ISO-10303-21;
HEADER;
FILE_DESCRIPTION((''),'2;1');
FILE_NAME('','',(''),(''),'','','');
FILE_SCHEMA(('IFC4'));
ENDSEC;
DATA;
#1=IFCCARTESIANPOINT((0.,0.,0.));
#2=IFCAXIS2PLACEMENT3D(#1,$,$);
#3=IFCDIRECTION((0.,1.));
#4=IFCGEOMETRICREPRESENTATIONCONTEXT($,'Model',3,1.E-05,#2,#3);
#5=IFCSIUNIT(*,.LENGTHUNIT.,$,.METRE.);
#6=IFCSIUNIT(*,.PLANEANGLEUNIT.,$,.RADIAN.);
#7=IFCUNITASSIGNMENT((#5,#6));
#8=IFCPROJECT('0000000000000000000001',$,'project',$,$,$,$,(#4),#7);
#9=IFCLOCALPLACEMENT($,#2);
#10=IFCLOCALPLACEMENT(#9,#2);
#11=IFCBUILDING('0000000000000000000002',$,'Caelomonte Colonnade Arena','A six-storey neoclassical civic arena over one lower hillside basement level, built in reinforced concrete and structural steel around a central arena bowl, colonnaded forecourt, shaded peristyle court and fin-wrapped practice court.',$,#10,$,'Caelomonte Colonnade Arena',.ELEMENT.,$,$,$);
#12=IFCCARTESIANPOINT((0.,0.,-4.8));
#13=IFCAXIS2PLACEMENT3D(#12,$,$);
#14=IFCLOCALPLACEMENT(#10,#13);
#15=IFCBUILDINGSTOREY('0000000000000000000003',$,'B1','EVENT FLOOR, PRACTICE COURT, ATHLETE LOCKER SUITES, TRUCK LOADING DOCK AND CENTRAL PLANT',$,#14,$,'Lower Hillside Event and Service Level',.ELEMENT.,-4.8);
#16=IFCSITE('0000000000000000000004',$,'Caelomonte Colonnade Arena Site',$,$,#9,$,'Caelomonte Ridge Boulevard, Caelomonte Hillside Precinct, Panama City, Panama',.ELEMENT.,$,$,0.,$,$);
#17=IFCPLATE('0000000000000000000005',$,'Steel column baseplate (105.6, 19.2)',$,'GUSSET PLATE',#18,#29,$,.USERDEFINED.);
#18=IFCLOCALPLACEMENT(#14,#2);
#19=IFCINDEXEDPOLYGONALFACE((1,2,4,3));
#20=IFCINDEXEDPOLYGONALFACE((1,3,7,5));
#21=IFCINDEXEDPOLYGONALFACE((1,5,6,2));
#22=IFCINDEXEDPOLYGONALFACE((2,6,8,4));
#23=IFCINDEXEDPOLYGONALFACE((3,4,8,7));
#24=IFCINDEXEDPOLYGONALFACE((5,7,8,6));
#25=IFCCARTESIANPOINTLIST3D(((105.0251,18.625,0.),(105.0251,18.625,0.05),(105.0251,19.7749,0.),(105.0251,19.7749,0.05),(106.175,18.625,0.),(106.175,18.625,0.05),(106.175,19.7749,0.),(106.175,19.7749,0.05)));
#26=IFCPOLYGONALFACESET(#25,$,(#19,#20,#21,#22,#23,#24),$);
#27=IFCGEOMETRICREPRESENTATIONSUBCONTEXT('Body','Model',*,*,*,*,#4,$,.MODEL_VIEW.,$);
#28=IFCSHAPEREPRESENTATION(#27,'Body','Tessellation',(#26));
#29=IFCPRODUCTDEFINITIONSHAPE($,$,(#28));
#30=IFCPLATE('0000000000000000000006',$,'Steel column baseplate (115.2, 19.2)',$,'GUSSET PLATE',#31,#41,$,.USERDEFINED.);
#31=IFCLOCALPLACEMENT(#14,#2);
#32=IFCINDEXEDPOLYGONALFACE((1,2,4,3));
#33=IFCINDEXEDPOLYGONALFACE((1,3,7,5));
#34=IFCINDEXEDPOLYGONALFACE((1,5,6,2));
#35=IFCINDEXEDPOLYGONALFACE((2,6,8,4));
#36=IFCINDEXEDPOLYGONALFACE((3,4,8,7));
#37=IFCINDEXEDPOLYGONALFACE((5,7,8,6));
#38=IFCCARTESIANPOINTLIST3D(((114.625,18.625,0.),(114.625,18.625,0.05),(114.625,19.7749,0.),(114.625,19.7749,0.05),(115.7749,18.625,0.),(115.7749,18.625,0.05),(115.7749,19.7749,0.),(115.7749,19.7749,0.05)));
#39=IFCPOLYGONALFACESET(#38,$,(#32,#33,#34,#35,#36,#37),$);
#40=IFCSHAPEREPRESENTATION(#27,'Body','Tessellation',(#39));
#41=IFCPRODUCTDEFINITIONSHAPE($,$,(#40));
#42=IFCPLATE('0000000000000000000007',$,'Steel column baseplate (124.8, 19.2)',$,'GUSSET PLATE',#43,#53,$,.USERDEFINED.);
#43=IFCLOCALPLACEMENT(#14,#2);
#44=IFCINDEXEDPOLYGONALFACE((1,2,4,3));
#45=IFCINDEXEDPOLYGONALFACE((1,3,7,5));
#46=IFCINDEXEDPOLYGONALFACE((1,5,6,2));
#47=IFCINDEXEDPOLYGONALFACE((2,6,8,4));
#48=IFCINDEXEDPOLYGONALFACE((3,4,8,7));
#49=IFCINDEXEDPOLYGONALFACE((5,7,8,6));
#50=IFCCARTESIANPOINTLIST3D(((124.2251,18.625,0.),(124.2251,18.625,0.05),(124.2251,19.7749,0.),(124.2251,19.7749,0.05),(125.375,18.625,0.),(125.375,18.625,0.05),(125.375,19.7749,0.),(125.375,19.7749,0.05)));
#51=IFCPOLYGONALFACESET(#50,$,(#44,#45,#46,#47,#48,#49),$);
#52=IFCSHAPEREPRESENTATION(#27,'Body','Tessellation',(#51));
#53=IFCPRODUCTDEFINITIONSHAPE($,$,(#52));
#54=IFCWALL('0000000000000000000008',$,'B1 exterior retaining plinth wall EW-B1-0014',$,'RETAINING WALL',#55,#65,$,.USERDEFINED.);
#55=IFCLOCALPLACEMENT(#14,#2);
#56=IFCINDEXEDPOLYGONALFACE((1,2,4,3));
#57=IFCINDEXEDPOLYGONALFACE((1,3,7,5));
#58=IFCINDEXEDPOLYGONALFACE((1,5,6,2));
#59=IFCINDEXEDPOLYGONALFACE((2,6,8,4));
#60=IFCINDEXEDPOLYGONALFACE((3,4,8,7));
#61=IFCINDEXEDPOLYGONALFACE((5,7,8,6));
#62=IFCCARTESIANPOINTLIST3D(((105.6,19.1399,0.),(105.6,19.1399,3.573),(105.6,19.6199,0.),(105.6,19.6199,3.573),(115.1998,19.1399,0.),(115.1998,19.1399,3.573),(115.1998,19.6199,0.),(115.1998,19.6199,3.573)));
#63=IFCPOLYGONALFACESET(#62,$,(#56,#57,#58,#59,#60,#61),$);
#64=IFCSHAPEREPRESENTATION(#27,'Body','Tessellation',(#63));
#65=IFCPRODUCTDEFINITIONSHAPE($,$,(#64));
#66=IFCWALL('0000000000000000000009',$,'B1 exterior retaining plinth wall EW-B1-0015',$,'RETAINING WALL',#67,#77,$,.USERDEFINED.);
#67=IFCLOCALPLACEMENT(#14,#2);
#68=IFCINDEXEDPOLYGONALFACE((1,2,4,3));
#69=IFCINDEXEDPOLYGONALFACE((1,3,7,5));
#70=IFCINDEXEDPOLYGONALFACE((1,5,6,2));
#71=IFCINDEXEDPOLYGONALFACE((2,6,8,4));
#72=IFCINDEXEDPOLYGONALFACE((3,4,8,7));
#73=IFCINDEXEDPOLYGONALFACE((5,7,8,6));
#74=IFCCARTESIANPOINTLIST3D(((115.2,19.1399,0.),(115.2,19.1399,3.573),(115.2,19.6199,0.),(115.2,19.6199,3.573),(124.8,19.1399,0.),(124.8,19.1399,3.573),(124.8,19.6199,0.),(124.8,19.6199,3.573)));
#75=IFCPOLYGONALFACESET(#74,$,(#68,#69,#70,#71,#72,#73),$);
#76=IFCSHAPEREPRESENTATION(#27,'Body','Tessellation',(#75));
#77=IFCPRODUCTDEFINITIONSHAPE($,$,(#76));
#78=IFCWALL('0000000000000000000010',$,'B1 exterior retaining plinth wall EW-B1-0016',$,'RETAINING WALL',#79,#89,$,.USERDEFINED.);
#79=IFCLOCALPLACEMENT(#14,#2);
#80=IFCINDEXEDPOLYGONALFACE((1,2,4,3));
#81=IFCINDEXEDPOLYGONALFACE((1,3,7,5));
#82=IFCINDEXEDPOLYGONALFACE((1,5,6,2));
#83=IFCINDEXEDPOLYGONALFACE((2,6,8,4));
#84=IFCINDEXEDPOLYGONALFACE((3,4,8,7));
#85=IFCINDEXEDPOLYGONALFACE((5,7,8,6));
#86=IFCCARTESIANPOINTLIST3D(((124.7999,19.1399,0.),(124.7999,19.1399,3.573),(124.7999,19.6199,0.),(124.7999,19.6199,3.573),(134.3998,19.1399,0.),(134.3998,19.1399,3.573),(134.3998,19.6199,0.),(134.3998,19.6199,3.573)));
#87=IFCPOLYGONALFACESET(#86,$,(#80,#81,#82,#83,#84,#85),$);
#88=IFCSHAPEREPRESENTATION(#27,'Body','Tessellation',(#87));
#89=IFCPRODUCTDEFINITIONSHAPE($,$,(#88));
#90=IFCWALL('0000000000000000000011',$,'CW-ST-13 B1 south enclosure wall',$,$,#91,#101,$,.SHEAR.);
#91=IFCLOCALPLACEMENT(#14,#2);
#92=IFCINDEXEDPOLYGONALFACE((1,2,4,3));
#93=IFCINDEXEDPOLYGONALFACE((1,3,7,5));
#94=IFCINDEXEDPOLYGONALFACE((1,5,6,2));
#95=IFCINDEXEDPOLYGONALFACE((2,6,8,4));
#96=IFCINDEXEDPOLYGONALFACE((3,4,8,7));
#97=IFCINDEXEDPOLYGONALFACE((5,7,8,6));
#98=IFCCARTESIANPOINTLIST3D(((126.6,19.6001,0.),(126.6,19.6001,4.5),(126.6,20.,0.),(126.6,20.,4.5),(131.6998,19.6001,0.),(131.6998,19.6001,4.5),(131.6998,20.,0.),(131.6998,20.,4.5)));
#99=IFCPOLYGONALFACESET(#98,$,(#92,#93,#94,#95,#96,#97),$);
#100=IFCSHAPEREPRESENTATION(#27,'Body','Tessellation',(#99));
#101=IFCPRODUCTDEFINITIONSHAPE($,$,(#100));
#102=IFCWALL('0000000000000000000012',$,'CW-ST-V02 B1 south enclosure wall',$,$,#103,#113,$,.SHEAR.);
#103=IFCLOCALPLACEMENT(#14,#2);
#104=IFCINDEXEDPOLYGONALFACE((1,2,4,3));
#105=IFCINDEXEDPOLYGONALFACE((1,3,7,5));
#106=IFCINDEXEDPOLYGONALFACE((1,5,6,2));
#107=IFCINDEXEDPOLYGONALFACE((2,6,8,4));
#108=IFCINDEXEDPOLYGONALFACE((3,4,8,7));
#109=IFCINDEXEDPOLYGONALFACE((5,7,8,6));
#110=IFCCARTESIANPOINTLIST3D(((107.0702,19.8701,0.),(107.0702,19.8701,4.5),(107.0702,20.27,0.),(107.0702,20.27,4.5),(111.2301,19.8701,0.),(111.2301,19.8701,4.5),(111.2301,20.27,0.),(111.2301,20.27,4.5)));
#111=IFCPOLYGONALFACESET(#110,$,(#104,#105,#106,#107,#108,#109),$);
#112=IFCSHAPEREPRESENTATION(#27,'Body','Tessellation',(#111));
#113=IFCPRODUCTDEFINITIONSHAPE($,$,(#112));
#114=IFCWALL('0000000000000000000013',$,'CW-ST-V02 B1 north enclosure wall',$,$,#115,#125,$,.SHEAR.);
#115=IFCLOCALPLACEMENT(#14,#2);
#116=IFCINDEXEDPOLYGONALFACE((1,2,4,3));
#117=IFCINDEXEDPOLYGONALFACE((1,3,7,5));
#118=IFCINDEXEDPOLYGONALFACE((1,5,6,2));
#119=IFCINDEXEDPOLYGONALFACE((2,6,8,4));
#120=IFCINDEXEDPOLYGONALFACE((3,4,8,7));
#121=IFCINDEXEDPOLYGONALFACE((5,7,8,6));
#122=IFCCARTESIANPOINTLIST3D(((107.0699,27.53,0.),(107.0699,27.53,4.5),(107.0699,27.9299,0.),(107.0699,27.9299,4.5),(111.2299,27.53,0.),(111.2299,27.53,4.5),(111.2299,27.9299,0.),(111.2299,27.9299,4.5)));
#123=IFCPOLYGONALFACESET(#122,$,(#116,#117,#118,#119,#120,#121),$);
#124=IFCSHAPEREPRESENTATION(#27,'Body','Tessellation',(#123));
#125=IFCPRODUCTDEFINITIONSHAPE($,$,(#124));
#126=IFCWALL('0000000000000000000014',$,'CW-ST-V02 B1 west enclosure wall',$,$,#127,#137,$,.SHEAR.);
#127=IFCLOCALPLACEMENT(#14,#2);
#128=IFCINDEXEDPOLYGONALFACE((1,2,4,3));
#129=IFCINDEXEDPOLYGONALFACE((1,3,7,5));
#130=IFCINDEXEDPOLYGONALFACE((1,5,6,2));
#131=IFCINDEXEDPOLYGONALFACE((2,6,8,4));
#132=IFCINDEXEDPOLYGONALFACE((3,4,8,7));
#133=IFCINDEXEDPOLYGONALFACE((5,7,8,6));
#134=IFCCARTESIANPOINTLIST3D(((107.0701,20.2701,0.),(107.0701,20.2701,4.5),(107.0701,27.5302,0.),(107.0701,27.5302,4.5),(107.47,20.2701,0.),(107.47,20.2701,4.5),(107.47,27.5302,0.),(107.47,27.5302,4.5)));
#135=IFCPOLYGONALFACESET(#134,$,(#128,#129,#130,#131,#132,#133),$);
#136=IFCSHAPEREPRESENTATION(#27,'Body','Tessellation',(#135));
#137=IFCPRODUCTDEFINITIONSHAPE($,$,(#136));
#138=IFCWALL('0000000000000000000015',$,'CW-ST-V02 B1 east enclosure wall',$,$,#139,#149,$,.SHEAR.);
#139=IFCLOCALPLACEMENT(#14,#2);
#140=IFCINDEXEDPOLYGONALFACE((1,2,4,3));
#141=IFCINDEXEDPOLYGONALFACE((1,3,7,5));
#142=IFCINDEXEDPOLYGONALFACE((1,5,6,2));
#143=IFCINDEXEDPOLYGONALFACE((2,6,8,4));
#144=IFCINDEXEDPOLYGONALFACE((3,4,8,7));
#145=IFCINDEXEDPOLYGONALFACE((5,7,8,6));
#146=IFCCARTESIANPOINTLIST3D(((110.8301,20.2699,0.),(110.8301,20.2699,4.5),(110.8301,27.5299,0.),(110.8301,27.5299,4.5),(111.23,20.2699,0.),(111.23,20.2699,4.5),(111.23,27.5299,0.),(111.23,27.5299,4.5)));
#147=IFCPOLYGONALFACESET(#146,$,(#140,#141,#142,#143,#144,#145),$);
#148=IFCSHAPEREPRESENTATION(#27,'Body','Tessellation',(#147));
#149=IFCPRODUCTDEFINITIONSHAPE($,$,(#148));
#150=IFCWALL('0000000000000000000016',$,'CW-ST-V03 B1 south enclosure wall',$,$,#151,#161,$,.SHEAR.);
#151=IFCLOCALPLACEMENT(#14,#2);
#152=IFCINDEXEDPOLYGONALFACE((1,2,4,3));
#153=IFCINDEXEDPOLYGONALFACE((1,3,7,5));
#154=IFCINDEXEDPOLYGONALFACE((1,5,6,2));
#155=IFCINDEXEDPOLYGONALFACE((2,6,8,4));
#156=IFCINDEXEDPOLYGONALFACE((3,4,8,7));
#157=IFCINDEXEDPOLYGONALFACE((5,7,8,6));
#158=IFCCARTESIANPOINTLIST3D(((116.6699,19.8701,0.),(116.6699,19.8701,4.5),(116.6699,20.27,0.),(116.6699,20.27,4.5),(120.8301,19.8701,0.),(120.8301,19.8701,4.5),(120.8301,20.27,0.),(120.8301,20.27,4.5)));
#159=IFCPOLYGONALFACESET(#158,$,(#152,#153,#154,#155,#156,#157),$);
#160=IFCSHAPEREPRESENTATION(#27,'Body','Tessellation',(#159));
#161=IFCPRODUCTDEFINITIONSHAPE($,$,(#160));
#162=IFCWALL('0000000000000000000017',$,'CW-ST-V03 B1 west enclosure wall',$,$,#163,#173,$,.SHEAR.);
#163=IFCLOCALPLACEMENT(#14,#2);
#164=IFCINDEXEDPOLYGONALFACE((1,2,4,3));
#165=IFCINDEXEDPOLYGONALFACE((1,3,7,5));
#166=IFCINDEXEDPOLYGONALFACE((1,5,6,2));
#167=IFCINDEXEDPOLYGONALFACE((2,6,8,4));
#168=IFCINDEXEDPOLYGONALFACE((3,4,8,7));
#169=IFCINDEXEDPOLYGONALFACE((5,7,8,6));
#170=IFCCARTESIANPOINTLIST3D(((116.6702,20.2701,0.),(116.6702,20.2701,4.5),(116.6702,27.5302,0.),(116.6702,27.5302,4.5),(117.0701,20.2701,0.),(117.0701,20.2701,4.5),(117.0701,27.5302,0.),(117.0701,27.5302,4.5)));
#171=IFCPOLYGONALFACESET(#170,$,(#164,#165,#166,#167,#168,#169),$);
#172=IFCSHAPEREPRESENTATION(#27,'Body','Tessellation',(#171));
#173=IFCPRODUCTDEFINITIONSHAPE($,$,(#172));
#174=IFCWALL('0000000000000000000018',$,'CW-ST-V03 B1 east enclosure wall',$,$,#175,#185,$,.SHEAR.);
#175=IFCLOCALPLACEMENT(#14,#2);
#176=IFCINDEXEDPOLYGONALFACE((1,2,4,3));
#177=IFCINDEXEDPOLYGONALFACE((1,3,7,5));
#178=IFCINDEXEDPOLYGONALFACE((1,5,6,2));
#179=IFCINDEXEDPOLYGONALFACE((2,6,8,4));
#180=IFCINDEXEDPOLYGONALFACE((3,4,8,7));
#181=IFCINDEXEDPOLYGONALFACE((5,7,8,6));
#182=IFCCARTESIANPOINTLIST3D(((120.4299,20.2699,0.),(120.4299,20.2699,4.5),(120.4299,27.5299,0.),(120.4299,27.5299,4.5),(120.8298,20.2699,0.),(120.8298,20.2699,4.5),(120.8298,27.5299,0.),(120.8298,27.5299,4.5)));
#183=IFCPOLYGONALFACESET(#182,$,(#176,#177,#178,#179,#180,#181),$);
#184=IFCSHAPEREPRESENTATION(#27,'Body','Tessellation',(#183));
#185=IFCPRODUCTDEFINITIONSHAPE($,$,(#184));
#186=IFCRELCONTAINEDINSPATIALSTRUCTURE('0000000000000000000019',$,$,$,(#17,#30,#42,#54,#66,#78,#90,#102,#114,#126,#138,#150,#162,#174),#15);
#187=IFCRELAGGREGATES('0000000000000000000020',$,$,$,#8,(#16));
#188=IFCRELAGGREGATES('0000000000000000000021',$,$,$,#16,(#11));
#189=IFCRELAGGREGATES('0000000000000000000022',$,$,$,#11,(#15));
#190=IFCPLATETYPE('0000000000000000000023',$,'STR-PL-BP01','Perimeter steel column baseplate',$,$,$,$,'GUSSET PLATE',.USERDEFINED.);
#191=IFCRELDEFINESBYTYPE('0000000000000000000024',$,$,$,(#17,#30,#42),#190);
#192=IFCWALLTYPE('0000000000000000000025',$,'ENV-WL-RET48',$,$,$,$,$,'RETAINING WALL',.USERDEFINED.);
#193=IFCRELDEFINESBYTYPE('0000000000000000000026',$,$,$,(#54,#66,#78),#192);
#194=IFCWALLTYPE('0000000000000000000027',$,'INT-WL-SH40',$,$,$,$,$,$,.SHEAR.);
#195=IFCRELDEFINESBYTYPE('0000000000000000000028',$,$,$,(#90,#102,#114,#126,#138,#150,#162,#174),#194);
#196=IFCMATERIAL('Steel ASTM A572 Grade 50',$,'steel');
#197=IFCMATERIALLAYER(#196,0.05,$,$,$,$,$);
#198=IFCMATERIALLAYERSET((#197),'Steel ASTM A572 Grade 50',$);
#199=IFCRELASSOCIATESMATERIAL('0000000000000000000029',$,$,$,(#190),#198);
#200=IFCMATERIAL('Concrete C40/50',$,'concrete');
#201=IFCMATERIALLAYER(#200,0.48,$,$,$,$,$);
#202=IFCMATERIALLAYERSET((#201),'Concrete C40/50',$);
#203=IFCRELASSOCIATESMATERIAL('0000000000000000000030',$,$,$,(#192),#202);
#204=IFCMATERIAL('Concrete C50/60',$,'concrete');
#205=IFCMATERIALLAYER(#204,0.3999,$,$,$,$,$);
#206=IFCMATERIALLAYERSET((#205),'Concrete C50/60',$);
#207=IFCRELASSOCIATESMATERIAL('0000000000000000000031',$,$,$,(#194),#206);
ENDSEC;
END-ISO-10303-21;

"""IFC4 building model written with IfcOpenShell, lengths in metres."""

from ifc_helpers import new_model, si_unit, direction, frame, frame_2d, origin, origin_2d, place, context, subcontext, project, spatial, rectangle, extrude, material, layer, layer_set, type_object, element, save


model = new_model("IFC4")

# Units and contexts
model_context = context("Model", 3, precision=1e-05, world=origin(), true_north=direction((0.0, 1.0)))
body_context = subcontext(model_context, "Body", "Model", "MODEL_VIEW")
ifc_project = project(units=[si_unit("LENGTHUNIT", "METRE"), si_unit("PLANEANGLEUNIT", "RADIAN")], contexts=[model_context])

# Site, building, storey
site_placement = place(None, origin())
site = spatial("IfcSite", under=ifc_project, at=site_placement, Name="Caelomonte Colonnade Arena Site", LongName="Caelomonte Ridge Boulevard, Caelomonte Hillside Precinct, Panama City, Panama", CompositionType="ELEMENT", RefElevation=0.0)
building_placement = place(site_placement, origin())
building = spatial("IfcBuilding", under=site, at=building_placement, Name="Caelomonte Colonnade Arena", Description="A six-storey neoclassical civic arena over one lower hillside basement level, built in reinforced concrete and structural steel around a central arena bowl, colonnaded forecourt, shaded peristyle court and fin-wrapped practice court.", LongName="Caelomonte Colonnade Arena", CompositionType="ELEMENT")
storey_placement = place(building_placement, frame((0.0, 0.0, -4.8)))
storey = spatial("IfcBuildingStorey", under=building, at=storey_placement, Name="B1", Description="EVENT FLOOR, PRACTICE COURT, ATHLETE LOCKER SUITES, TRUCK LOADING DOCK AND CENTRAL PLANT", LongName="Lower Hillside Event and Service Level", CompositionType="ELEMENT", Elevation=-4.8)

# Shared definitions
ifc_material_1 = material(Name="Concrete C40/50", Category="concrete")

# Plates
ifc_material_2 = material(Name="Steel ASTM A572 Grade 50", Category="steel")
ifc_layer_1 = layer(ifc_material_2, 0.05)
ifc_layer_set_1 = layer_set([ifc_layer_1], Name="Steel ASTM A572 Grade 50")
plate_type = type_object("IfcPlateType", Name="STR-PL-BP01", Description="Perimeter steel column baseplate", ElementType="GUSSET PLATE", PredefinedType="USERDEFINED", material=ifc_layer_set_1)
for number, where, z_axis, x_axis, name in (
    (1, (105.6001, 19.2, 0.0), (0.0, 0.0, 1.0), (1.0, 0.0, 0.0), "Steel column baseplate (105.6, 19.2)"),
    (2, (115.2, 19.2, 0.0), (0.0, 0.0, 1.0), (1.0, 0.0, 0.0), "Steel column baseplate (115.2, 19.2)"),
    (3, (124.8, 19.2, 0.0), (0.0, 0.0, 1.0), (1.0, 0.0, 0.0), "Steel column baseplate (124.8, 19.2)"),
):
    element("IfcPlate", number, at=place(storey_placement, frame(where, z_axis=z_axis, x_axis=x_axis)), inside=storey, type_object=plate_type, Name=name, ObjectType="GUSSET PLATE", PredefinedType="USERDEFINED", context=body_context, shape_type="SweptSolid", body=[
        extrude(rectangle(XDim=1.1499, YDim=1.1499, at=origin_2d()), origin(), (0.0, 0.0, 1.0), 0.05),
    ])

# Walls
ifc_layer_2 = layer(ifc_material_1, 0.48)
ifc_layer_set_2 = layer_set([ifc_layer_2], Name="Concrete C40/50")
wall_type_1 = type_object("IfcWallType", Name="ENV-WL-RET48", ElementType="RETAINING WALL", PredefinedType="USERDEFINED", material=ifc_layer_set_2)
wall_1_placement = place(storey_placement, frame((105.6001, 19.3799, 0.0), z_axis=(0.0, 0.0, 1.0), x_axis=(1.0, 0.0, 0.0)))
element("IfcWall", 4, at=wall_1_placement, inside=storey, type_object=wall_type_1, Name="B1 exterior retaining plinth wall EW-B1-0014", ObjectType="RETAINING WALL", PredefinedType="USERDEFINED", context=body_context, shape_type="SweptSolid", body=[
    extrude(rectangle(XDim=9.5999, YDim=0.48, at=frame_2d((4.7998, 0.0))), origin(), (0.0, 0.0, 1.0), 3.573),
])
wall_2_placement = place(storey_placement, frame((115.2, 19.3799, 0.0), z_axis=(0.0, 0.0, 1.0), x_axis=(1.0, 0.0, 0.0)))
element("IfcWall", 5, at=wall_2_placement, inside=storey, type_object=wall_type_1, Name="B1 exterior retaining plinth wall EW-B1-0015", ObjectType="RETAINING WALL", PredefinedType="USERDEFINED", context=body_context, shape_type="SweptSolid", body=[
    extrude(rectangle(XDim=9.6001, YDim=0.48, at=frame_2d((4.8, 0.0))), origin(), (0.0, 0.0, 1.0), 3.573),
])
wall_3_placement = place(storey_placement, frame((124.8, 19.3799, 0.0), z_axis=(0.0, 0.0, 1.0), x_axis=(1.0, 0.0, 0.0)))
element("IfcWall", 6, at=wall_3_placement, inside=storey, type_object=wall_type_1, Name="B1 exterior retaining plinth wall EW-B1-0016", ObjectType="RETAINING WALL", PredefinedType="USERDEFINED", context=body_context, shape_type="SweptSolid", body=[
    extrude(rectangle(XDim=9.5999, YDim=0.48, at=frame_2d((4.7998, 0.0))), origin(), (0.0, 0.0, 1.0), 3.573),
])
ifc_material_3 = material(Name="Concrete C50/60", Category="concrete")
ifc_layer_3 = layer(ifc_material_3, 0.3999)
ifc_layer_set_3 = layer_set([ifc_layer_3], Name="Concrete C50/60")
wall_type_2 = type_object("IfcWallType", Name="INT-WL-SH40", PredefinedType="SHEAR", material=ifc_layer_set_3)
wall_4_placement = place(storey_placement, frame((126.6001, 19.8, 0.0), z_axis=(0.0, 0.0, 1.0), x_axis=(1.0, 0.0, 0.0)))
element("IfcWall", 7, at=wall_4_placement, inside=storey, type_object=wall_type_2, Name="CW-ST-13 B1 south enclosure wall", PredefinedType="SHEAR", context=body_context, shape_type="SweptSolid", body=[
    extrude(rectangle(XDim=5.0999, YDim=0.3999, at=frame_2d((2.5498, 0.0))), origin(), (0.0, 0.0, 1.0), 4.5),
])
for number, where, z_axis, x_axis, name in (
    (8, (107.0701, 20.0701, 0.0), (0.0, 0.0, 1.0), (1.0, 0.0, 0.0), "CW-ST-V02 B1 south enclosure wall"),
    (9, (111.23, 27.73, 0.0), (0.0, 0.0, 1.0), (-1.0, 0.0, 0.0), "CW-ST-V02 B1 north enclosure wall"),
):
    element("IfcWall", number, at=place(storey_placement, frame(where, z_axis=z_axis, x_axis=x_axis)), inside=storey, type_object=wall_type_2, Name=name, PredefinedType="SHEAR", context=body_context, shape_type="SweptSolid", body=[
        extrude(rectangle(XDim=4.1599, YDim=0.3999, at=frame_2d((2.0801, 0.0))), origin(), (0.0, 0.0, 1.0), 4.5),
    ])
for number, where, z_axis, x_axis, name in (
    (10, (107.27, 27.53, 0.0), (0.0, 0.0, 1.0), (0.0, -1.0, 0.0), "CW-ST-V02 B1 west enclosure wall"),
    (11, (111.03, 20.27, 0.0), (0.0, 0.0, 1.0), (0.0, 1.0, 0.0), "CW-ST-V02 B1 east enclosure wall"),
):
    element("IfcWall", number, at=place(storey_placement, frame(where, z_axis=z_axis, x_axis=x_axis)), inside=storey, type_object=wall_type_2, Name=name, PredefinedType="SHEAR", context=body_context, shape_type="SweptSolid", body=[
        extrude(rectangle(XDim=7.26, YDim=0.3999, at=frame_2d((3.6299, 0.0))), origin(), (0.0, 0.0, 1.0), 4.5),
    ])
wall_5_placement = place(storey_placement, frame((116.6699, 20.0701, 0.0), z_axis=(0.0, 0.0, 1.0), x_axis=(1.0, 0.0, 0.0)))
element("IfcWall", 12, at=wall_5_placement, inside=storey, type_object=wall_type_2, Name="CW-ST-V03 B1 south enclosure wall", PredefinedType="SHEAR", context=body_context, shape_type="SweptSolid", body=[
    extrude(rectangle(XDim=4.1602, YDim=0.3999, at=frame_2d((2.0801, 0.0))), origin(), (0.0, 0.0, 1.0), 4.5),
])
for number, where, z_axis, x_axis, name in (
    (13, (116.8701, 27.53, 0.0), (0.0, 0.0, 1.0), (0.0, -1.0, 0.0), "CW-ST-V03 B1 west enclosure wall"),
    (14, (120.6299, 20.27, 0.0), (0.0, 0.0, 1.0), (0.0, 1.0, 0.0), "CW-ST-V03 B1 east enclosure wall"),
):
    element("IfcWall", number, at=place(storey_placement, frame(where, z_axis=z_axis, x_axis=x_axis)), inside=storey, type_object=wall_type_2, Name=name, PredefinedType="SHEAR", context=body_context, shape_type="SweptSolid", body=[
        extrude(rectangle(XDim=7.26, YDim=0.3999, at=frame_2d((3.6299, 0.0))), origin(), (0.0, 0.0, 1.0), 4.5),
    ])

save(model, "model.ifc")
